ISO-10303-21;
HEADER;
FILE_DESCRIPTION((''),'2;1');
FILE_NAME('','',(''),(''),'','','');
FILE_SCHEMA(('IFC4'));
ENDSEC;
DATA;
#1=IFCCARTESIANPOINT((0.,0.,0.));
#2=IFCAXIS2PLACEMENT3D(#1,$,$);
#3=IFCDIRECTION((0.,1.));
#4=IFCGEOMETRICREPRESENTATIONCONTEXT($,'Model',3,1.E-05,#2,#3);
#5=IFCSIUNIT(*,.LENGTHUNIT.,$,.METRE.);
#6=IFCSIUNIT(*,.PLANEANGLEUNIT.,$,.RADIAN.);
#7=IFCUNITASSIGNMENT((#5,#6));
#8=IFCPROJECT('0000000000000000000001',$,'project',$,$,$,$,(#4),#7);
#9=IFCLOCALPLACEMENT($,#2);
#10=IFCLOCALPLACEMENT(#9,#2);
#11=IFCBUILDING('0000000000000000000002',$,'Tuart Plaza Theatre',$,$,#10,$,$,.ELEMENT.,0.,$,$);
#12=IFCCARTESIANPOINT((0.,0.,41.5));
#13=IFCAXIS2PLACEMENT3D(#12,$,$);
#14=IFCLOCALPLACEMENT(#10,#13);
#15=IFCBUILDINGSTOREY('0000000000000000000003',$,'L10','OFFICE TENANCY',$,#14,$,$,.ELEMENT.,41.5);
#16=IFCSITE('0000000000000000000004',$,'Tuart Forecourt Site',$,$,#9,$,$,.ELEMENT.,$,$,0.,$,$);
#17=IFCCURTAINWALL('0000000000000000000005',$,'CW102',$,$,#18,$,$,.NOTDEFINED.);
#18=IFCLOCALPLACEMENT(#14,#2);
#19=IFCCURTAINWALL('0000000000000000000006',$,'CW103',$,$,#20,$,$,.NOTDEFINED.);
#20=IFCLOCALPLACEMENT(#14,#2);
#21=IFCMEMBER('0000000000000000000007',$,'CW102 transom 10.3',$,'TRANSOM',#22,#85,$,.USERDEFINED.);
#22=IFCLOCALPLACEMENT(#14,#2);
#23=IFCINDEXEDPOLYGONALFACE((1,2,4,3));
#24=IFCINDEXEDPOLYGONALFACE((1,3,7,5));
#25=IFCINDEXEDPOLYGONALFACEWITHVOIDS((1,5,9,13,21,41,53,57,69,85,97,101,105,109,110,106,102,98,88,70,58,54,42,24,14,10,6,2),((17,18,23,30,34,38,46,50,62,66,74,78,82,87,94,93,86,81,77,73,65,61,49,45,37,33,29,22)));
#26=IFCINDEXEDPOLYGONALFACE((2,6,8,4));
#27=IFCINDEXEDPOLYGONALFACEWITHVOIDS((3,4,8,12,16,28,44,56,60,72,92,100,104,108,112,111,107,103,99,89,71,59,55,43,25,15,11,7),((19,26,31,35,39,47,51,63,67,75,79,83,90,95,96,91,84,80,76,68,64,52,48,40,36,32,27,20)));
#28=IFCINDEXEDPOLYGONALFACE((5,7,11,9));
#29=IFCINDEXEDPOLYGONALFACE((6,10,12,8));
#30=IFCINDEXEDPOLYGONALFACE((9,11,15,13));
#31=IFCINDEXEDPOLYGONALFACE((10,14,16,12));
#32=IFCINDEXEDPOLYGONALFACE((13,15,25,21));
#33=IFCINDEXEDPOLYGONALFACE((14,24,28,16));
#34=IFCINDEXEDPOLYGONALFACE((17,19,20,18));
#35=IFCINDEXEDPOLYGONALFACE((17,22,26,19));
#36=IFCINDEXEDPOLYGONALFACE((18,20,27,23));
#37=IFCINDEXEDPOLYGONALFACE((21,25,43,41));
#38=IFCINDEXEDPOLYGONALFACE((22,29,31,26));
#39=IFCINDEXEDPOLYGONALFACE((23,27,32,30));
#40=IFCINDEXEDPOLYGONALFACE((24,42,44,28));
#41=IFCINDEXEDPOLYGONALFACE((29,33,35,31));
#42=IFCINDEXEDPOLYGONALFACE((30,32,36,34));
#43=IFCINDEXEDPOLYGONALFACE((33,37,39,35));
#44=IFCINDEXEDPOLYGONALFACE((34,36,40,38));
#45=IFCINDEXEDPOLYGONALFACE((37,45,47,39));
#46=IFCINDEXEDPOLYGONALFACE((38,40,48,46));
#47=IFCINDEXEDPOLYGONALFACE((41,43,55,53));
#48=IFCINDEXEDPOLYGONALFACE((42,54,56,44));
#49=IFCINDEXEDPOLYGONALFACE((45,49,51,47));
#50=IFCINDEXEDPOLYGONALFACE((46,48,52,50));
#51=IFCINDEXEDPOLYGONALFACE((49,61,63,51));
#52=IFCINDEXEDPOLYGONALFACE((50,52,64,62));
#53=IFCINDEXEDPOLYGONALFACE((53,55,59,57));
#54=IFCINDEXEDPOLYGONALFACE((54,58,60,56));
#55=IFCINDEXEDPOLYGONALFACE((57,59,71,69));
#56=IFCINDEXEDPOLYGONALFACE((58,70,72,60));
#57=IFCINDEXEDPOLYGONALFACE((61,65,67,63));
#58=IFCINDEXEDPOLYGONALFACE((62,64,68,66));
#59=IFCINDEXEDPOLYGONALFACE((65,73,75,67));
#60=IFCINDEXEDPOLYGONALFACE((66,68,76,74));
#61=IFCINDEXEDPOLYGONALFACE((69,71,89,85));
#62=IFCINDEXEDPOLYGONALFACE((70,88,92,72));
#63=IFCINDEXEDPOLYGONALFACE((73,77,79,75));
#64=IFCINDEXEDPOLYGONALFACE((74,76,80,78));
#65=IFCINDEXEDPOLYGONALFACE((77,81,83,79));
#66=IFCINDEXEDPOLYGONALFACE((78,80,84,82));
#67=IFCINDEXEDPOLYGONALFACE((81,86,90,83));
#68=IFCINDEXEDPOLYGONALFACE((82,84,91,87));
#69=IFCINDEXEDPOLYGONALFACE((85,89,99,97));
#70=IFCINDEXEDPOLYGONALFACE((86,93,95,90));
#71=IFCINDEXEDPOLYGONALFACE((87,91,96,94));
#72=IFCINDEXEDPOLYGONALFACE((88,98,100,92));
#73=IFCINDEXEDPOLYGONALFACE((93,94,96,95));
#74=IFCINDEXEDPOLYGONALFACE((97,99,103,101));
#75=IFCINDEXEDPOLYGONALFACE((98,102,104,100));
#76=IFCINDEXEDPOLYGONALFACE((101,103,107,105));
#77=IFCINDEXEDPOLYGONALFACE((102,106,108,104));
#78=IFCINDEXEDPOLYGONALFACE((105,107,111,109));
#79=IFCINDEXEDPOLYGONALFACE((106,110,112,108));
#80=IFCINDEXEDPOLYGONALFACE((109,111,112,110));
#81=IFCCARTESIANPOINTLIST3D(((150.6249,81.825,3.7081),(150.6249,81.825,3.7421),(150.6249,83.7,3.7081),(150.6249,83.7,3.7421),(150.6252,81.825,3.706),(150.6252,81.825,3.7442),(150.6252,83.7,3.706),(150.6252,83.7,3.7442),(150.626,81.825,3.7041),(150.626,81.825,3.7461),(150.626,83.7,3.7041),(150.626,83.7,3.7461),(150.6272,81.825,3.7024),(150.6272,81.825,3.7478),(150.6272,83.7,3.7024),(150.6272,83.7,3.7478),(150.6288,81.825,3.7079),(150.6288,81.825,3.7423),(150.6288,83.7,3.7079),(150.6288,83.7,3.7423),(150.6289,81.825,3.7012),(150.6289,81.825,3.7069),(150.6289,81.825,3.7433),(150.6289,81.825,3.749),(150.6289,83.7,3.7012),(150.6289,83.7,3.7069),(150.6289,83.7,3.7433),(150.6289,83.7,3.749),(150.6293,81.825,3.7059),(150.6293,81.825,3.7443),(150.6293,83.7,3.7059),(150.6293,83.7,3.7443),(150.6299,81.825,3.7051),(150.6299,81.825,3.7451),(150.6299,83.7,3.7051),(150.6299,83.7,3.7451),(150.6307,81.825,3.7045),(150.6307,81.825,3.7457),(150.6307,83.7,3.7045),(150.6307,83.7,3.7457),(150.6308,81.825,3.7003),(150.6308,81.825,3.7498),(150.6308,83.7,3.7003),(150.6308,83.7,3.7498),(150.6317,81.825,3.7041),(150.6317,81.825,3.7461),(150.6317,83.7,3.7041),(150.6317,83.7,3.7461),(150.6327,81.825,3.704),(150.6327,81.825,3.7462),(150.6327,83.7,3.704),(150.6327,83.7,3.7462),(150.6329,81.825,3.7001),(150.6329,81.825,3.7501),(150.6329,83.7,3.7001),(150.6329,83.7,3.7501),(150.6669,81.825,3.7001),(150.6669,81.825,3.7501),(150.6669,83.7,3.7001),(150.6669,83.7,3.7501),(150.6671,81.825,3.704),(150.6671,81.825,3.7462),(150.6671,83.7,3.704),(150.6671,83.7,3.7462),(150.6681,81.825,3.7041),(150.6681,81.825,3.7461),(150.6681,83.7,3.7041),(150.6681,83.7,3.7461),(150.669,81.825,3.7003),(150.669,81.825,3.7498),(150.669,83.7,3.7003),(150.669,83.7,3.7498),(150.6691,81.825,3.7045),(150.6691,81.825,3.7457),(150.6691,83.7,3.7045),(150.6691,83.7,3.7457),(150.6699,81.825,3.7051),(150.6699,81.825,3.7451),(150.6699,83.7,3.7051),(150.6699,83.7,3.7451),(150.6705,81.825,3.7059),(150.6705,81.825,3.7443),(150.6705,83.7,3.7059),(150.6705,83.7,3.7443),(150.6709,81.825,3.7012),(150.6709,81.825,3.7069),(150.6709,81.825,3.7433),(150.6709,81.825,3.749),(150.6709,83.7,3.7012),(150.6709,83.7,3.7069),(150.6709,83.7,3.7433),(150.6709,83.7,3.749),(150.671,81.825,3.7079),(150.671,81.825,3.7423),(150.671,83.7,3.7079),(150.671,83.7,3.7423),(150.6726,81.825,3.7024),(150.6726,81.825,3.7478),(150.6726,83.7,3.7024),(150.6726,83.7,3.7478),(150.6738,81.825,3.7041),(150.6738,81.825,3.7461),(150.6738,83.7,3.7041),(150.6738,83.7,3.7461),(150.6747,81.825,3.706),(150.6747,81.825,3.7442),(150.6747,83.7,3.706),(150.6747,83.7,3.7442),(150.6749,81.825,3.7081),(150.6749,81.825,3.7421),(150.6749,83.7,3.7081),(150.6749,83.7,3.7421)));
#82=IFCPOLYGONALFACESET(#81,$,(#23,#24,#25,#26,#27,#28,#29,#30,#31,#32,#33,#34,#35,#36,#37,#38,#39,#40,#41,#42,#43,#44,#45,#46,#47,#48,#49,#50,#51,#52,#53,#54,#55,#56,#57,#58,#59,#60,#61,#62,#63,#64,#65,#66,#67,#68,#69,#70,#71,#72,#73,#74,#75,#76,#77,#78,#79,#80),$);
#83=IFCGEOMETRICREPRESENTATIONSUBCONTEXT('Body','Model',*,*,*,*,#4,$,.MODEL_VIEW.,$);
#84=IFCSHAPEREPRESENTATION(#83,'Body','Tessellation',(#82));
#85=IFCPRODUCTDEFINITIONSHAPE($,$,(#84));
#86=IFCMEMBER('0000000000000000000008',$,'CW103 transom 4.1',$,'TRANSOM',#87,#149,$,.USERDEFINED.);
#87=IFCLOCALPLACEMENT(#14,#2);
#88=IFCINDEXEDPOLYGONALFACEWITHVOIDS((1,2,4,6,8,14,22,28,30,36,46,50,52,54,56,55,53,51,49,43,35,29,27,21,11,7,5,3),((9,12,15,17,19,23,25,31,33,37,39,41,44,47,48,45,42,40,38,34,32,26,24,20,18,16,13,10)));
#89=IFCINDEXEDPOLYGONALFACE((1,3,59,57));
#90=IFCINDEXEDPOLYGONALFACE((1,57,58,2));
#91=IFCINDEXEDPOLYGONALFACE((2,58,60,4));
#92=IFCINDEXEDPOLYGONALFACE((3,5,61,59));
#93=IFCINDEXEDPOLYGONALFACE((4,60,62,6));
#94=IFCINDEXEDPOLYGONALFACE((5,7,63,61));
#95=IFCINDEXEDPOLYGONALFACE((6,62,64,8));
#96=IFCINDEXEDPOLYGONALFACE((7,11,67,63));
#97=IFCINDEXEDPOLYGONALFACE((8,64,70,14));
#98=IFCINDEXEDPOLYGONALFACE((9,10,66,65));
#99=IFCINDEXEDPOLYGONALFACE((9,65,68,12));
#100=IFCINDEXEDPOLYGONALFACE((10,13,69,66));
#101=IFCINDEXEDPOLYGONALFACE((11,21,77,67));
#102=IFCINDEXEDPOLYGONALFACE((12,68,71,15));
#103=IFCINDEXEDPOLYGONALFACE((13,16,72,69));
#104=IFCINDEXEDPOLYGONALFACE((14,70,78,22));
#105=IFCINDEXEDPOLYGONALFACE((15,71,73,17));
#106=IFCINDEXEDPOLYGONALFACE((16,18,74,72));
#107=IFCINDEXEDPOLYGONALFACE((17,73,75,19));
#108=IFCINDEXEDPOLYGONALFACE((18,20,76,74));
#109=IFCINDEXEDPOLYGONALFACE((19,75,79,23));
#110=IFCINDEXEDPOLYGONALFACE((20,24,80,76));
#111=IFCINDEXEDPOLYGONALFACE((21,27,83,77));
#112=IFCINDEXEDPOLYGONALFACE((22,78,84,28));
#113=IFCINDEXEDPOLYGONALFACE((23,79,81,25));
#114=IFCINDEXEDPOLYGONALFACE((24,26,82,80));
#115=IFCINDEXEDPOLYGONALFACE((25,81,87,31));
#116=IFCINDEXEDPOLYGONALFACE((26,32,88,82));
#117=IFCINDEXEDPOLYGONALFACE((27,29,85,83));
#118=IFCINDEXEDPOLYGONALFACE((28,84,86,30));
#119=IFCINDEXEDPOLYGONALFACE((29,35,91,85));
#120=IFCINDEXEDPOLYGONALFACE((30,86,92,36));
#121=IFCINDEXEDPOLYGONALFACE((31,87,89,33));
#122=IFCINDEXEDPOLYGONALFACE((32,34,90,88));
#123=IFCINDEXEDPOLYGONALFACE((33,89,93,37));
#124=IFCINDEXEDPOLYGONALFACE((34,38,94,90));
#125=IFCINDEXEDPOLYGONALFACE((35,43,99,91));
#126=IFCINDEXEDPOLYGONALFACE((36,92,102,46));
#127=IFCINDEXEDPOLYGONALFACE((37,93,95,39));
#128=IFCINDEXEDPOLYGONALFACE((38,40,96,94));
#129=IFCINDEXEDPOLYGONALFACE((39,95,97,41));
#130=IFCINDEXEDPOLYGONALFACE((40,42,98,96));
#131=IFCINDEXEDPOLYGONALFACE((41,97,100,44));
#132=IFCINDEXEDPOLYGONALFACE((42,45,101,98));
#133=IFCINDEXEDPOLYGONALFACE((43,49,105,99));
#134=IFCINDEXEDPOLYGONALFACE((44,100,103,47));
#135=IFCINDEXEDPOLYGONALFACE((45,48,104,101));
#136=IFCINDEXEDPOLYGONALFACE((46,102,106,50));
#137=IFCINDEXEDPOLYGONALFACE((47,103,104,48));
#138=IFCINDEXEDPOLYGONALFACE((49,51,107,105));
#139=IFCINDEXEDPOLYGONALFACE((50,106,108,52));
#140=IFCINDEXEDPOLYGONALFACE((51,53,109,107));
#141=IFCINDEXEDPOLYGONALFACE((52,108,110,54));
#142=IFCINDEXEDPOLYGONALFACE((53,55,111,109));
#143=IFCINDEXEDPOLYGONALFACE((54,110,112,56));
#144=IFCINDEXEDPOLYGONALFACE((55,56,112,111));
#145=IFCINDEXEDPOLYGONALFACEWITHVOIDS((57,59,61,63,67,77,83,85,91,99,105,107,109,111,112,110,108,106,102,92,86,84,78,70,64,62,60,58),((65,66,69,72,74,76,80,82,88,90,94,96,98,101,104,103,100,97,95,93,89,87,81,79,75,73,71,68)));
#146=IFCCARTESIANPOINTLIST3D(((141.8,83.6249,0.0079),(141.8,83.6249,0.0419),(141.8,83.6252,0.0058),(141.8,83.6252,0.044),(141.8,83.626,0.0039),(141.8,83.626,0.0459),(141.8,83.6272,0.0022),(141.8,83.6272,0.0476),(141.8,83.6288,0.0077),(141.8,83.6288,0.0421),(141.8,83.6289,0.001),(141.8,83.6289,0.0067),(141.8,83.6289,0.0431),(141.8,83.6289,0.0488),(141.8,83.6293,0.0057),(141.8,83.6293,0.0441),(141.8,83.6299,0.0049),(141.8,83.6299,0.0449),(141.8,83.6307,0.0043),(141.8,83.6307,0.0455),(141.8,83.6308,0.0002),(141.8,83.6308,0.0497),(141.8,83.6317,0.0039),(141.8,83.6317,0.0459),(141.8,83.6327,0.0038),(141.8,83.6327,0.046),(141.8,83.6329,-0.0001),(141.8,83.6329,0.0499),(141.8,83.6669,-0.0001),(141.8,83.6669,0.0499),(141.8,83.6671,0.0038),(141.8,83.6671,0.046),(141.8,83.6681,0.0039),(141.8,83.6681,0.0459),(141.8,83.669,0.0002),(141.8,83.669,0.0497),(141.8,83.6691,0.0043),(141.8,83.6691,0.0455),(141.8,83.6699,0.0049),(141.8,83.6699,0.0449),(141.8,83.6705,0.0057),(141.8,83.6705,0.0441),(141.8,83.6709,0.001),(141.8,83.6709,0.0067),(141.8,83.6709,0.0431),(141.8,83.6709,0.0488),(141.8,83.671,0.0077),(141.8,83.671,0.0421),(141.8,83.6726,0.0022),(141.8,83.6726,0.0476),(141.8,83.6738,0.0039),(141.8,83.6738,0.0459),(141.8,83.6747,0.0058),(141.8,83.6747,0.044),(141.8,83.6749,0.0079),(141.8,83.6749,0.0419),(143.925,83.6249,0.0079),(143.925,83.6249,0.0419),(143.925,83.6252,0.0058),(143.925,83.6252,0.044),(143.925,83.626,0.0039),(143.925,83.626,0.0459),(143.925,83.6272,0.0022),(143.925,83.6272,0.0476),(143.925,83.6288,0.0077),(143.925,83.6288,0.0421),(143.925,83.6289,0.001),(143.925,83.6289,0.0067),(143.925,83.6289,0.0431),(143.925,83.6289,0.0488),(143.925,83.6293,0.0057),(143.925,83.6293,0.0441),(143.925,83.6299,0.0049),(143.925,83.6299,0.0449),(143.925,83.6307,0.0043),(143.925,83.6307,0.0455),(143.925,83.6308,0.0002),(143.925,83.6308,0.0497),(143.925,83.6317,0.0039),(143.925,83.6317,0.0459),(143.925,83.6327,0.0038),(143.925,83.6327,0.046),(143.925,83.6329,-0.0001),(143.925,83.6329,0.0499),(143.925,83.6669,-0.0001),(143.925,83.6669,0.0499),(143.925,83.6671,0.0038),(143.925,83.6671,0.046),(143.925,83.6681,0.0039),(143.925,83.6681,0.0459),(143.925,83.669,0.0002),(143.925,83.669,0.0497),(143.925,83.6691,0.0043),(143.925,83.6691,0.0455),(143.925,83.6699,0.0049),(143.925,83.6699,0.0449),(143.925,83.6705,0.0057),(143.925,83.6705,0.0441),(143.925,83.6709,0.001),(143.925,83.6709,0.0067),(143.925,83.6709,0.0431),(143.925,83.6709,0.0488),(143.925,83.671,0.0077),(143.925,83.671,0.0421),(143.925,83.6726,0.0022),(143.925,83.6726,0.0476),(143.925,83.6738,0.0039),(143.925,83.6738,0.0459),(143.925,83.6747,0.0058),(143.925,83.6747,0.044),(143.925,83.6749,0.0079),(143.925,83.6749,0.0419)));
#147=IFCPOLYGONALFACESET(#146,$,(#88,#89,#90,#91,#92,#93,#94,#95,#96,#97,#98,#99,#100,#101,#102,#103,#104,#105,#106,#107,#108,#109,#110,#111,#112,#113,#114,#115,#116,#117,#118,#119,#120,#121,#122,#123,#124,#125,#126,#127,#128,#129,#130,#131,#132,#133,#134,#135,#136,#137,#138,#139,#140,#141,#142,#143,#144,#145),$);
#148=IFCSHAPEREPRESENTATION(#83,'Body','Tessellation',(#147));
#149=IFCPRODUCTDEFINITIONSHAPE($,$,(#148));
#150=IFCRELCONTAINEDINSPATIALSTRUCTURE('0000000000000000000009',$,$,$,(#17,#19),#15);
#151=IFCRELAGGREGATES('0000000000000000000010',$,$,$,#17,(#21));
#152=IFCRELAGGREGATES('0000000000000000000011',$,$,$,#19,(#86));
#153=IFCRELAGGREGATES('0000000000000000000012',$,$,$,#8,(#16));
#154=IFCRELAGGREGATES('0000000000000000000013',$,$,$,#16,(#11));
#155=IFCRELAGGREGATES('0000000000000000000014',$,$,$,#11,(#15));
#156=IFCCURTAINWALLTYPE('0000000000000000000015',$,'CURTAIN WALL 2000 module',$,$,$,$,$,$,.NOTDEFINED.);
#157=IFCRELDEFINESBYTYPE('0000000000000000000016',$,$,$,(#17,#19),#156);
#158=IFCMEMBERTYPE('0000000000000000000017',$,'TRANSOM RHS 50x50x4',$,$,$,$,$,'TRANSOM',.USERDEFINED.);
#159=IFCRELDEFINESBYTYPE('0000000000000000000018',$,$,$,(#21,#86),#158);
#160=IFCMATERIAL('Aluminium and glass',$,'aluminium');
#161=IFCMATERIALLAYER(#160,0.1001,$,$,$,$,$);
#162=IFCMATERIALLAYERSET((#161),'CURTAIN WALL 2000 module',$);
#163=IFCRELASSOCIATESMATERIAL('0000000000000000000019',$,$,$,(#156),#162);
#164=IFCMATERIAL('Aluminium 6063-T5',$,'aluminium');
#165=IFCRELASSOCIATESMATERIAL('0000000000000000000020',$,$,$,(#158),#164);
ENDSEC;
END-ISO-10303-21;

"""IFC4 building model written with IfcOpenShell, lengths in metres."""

from ifc_helpers import new_model, si_unit, direction, frame, origin, origin_2d, place, context, subcontext, project, spatial, hollow_rectangle, extrude, material, layer, layer_set, material_profile, profile_set, type_object, element, aggregate, save


model = new_model("IFC4")

# Units and contexts
model_context = context("Model", 3, precision=1e-05, world=origin(), true_north=direction((0.0, 1.0)))
body_context = subcontext(model_context, "Body", "Model", "MODEL_VIEW")
ifc_project = project(units=[si_unit("LENGTHUNIT", "METRE"), si_unit("PLANEANGLEUNIT", "RADIAN")], contexts=[model_context])

# Site, building, storey
site_placement = place(None, origin())
site = spatial("IfcSite", under=ifc_project, at=site_placement, Name="Tuart Forecourt Site", CompositionType="ELEMENT", RefElevation=0.0)
building_placement = place(site_placement, origin())
building = spatial("IfcBuilding", under=site, at=building_placement, Name="Tuart Plaza Theatre", CompositionType="ELEMENT", ElevationOfRefHeight=0.0)
storey_placement = place(building_placement, frame((0.0, 0.0, 41.5)))
storey = spatial("IfcBuildingStorey", under=building, at=storey_placement, Name="L10", Description="OFFICE TENANCY", CompositionType="ELEMENT", Elevation=41.5)

# Curtain wall
ifc_material_1 = material(Name="Aluminium and glass", Category="aluminium")
ifc_layer_1 = layer(ifc_material_1, 0.1001)
ifc_layer_set_1 = layer_set([ifc_layer_1], Name="CURTAIN WALL 2000 module")
curtain_wall_type = type_object("IfcCurtainWallType", Name="CURTAIN WALL 2000 module", PredefinedType="NOTDEFINED", material=ifc_layer_set_1)
curtain_wall_1_placement = place(storey_placement, origin())
curtain_wall_1 = element("IfcCurtainWall", 1, at=curtain_wall_1_placement, inside=storey, type_object=curtain_wall_type, Name="CW102", PredefinedType="NOTDEFINED")

# Curtain wall
curtain_wall_2_placement = place(storey_placement, origin())
curtain_wall_2 = element("IfcCurtainWall", 2, at=curtain_wall_2_placement, inside=storey, type_object=curtain_wall_type, Name="CW103", PredefinedType="NOTDEFINED")

# Members
ifc_material_2 = material(Name="Aluminium 6063-T5", Category="aluminium")
ifc_material_profile_1 = material_profile(ifc_material_2, hollow_rectangle(XDim=0.05, YDim=0.05, WallThickness=0.0039, InnerFilletRadius=0.0039, OuterFilletRadius=0.0081, at=origin_2d()), Name="RHS 50x50x4")
ifc_profile_set_1 = profile_set([ifc_material_profile_1], Name="Aluminium 6063-T5")
member_type_1 = type_object("IfcMemberType", Name="TRANSOM RHS 50x50x4", ElementType="TRANSOM", PredefinedType="USERDEFINED", material=ifc_profile_set_1)
member_1_placement = place(storey_placement, frame((150.6499, 81.825, 3.7251), z_axis=(0.0, 1.0, 0.0), x_axis=(-1.0, 0.0, 0.0)))
member_1 = element("IfcMember", 3, at=member_1_placement, type_object=member_type_1, Name="CW102 transom 10.3", ObjectType="TRANSOM", PredefinedType="USERDEFINED", context=body_context, shape_type="SweptSolid", body=[
    extrude(hollow_rectangle(XDim=0.05, YDim=0.05, WallThickness=0.0039, InnerFilletRadius=0.0039, OuterFilletRadius=0.0081, at=origin_2d()), origin(), (0.0, 0.0, 1.0), 1.875),
])
member_2_placement = place(storey_placement, frame((143.925, 83.6499, 0.0249), z_axis=(-1.0, 0.0, 0.0), x_axis=(0.0, -1.0, 0.0)))
member_2 = element("IfcMember", 4, at=member_2_placement, type_object=member_type_1, Name="CW103 transom 4.1", ObjectType="TRANSOM", PredefinedType="USERDEFINED", context=body_context, shape_type="SweptSolid", body=[
    extrude(hollow_rectangle(XDim=0.05, YDim=0.05, WallThickness=0.0039, InnerFilletRadius=0.0039, OuterFilletRadius=0.0081, at=origin_2d()), origin(), (0.0, 0.0, 1.0), 2.125),
])

aggregate(curtain_wall_1, [member_1])
aggregate(curtain_wall_2, [member_2])

save(model, "model.ifc")
